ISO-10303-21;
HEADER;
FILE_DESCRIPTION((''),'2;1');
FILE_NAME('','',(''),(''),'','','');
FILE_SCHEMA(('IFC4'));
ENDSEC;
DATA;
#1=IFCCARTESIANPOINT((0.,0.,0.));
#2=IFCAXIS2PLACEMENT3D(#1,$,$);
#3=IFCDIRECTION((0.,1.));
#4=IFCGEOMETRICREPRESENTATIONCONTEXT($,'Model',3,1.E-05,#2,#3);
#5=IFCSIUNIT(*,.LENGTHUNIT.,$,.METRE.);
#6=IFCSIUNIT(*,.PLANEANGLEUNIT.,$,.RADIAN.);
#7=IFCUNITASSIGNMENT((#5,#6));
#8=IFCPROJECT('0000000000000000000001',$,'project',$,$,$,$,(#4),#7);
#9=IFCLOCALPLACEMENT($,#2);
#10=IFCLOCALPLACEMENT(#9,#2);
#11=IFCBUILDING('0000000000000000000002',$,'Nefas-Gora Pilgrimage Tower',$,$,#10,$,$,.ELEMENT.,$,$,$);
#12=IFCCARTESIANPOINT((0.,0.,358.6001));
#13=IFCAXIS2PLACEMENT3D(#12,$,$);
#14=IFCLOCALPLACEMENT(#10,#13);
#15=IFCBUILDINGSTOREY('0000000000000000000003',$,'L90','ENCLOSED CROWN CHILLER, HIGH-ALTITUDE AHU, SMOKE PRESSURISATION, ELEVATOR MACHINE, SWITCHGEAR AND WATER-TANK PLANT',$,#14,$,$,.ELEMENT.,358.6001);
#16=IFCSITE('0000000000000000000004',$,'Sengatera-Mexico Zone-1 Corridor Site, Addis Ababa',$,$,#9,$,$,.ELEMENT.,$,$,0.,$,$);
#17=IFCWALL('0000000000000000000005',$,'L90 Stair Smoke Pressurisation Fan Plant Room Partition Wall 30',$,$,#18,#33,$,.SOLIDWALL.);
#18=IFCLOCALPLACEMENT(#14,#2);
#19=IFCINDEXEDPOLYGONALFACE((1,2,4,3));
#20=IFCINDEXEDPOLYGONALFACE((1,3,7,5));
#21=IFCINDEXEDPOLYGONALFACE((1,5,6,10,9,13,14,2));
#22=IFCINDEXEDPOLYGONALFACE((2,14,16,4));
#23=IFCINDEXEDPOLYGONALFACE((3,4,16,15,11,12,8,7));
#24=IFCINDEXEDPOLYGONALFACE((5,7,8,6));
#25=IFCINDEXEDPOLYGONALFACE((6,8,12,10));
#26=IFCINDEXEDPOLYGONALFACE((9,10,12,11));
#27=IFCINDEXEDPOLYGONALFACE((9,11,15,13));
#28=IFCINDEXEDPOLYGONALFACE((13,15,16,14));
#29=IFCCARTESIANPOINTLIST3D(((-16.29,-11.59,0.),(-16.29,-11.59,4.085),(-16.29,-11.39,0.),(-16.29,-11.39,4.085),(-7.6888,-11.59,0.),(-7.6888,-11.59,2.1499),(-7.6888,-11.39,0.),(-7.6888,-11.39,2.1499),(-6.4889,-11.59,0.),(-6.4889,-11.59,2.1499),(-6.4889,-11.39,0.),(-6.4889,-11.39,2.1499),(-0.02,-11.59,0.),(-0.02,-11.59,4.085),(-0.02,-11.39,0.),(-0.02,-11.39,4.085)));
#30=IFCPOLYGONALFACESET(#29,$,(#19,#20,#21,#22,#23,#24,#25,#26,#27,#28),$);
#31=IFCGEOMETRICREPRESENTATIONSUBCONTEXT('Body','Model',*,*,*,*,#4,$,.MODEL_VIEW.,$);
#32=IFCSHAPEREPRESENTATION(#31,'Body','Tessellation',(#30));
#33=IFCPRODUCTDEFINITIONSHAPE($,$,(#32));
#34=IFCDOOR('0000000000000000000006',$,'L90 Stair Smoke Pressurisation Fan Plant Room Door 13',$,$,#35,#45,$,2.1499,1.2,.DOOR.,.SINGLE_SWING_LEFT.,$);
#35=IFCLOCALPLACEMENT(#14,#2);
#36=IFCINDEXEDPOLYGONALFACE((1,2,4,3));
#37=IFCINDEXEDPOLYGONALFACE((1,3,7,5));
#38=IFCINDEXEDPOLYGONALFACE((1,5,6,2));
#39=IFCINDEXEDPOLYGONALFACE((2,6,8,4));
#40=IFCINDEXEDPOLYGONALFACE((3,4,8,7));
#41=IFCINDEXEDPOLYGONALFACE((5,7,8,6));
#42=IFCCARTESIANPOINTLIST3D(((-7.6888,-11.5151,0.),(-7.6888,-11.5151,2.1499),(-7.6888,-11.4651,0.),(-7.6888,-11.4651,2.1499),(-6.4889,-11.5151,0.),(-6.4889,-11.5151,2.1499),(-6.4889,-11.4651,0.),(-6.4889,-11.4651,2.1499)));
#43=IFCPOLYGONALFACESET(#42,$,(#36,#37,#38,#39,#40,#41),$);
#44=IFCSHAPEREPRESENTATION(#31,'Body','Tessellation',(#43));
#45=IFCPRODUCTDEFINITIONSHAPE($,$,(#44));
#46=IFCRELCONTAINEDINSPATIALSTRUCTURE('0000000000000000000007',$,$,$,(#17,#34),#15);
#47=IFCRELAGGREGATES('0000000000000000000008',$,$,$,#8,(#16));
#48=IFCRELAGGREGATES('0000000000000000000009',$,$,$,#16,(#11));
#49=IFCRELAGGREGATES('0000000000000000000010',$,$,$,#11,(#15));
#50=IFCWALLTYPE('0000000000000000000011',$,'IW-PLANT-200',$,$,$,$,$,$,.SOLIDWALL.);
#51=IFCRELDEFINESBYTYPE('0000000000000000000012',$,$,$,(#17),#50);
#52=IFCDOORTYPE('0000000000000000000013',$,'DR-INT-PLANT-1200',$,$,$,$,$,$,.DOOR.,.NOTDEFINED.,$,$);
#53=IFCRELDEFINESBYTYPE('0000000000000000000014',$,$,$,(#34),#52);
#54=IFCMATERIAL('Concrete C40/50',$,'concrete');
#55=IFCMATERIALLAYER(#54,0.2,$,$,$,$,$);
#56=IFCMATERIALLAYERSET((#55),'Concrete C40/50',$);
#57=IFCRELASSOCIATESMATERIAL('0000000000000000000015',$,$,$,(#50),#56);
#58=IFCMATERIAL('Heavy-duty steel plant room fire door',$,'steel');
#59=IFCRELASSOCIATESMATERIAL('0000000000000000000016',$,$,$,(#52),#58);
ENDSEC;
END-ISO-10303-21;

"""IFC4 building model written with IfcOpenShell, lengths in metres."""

from ifc_helpers import new_model, si_unit, direction, frame, frame_2d, origin, place, context, subcontext, project, spatial, rectangle, extrude, source, transform, mapped, material, layer, layer_set, type_object, element, fill, save


model = new_model("IFC4")

# Units and contexts
model_context = context("Model", 3, precision=1e-05, world=origin(), true_north=direction((0.0, 1.0)))
body_context = subcontext(model_context, "Body", "Model", "MODEL_VIEW")
ifc_project = project(units=[si_unit("LENGTHUNIT", "METRE"), si_unit("PLANEANGLEUNIT", "RADIAN")], contexts=[model_context])

# Site, building, storey
site_placement = place(None, origin())
site = spatial("IfcSite", under=ifc_project, at=site_placement, Name="Sengatera-Mexico Zone-1 Corridor Site, Addis Ababa", CompositionType="ELEMENT", RefElevation=0.0)
building_placement = place(site_placement, origin())
building = spatial("IfcBuilding", under=site, at=building_placement, Name="Nefas-Gora Pilgrimage Tower", CompositionType="ELEMENT")
storey_placement = place(building_placement, frame((0.0, 0.0, 358.6001)))
storey = spatial("IfcBuildingStorey", under=building, at=storey_placement, Name="L90", Description="ENCLOSED CROWN CHILLER, HIGH-ALTITUDE AHU, SMOKE PRESSURISATION, ELEVATOR MACHINE, SWITCHGEAR AND WATER-TANK PLANT", CompositionType="ELEMENT", Elevation=358.6001)

# Shared definitions
shared_shape_1 = source(origin(), body_context, "Body", "SweptSolid", [
    extrude(rectangle(XDim=1.2, YDim=2.1499, at=frame_2d((0.6001, 1.075))), frame((0.0, 0.0249, 0.0), z_axis=(0.0, -1.0, 0.0), x_axis=(1.0, 0.0, 0.0)), (0.0, 0.0, 1.0), 0.05),
])

# Shared definitions
ifc_material_1 = material(Name="Concrete C40/50", Category="concrete")
ifc_layer_1 = layer(ifc_material_1, 0.2)
ifc_layer_set_1 = layer_set([ifc_layer_1], Name="Concrete C40/50")
wall_type_1 = type_object("IfcWallType", Name="IW-PLANT-200", PredefinedType="SOLIDWALL", material=ifc_layer_set_1)
ifc_material_2 = material(Name="Heavy-duty steel plant room fire door", Category="steel")
door_type_1 = type_object("IfcDoorType", Name="DR-INT-PLANT-1200", OperationType="NOTDEFINED", PredefinedType="DOOR", material=ifc_material_2)

# Wall, opening, door
shared_shape_2 = source(origin(), body_context, "Body", "SweptSolid", [
    extrude(rectangle(XDim=16.27, YDim=0.2, at=frame_2d((8.135, 0.0))), origin(), (0.0, 0.0, 1.0), 4.085),
])
wall_1_placement = place(storey_placement, frame((-16.29, -11.49, 0.0), z_axis=(0.0, 0.0, 1.0), x_axis=(1.0, 0.0, 0.0)))
wall_1 = element("IfcWall", 1, at=wall_1_placement, inside=storey, type_object=wall_type_1, Name="L90 Stair Smoke Pressurisation Fan Plant Room Partition Wall 30", PredefinedType="SOLIDWALL", context=body_context, shape_type="MappedRepresentation", body=[
    mapped(shared_shape_2, transform((0.0, 0.0, 0.0), x_axis=(1.0, 0.0, 0.0), y_axis=(0.0, 1.0, 0.0), z_axis=(0.0, 0.0, 1.0), scale=1.0)),
])
opening_1_placement = place(wall_1_placement, frame((8.6011, 0.0, 0.0)))
opening_1 = element("IfcOpeningElement", 2, at=opening_1_placement, cuts=wall_1, PredefinedType="OPENING", context=body_context, shape_type="SweptSolid", body=[
    extrude(rectangle(XDim=1.2, YDim=2.1499, at=frame_2d((0.6001, 1.075))), frame((0.0, 0.1099, 0.0), z_axis=(0.0, -1.0, 0.0), x_axis=(1.0, 0.0, 0.0)), (0.0, 0.0, 1.0), 0.22),
])
door_1_placement = place(opening_1_placement, origin())
door_1 = element("IfcDoor", 3, at=door_1_placement, inside=storey, type_object=door_type_1, Name="L90 Stair Smoke Pressurisation Fan Plant Room Door 13", OperationType="SINGLE_SWING_LEFT", OverallHeight=2.1499, OverallWidth=1.2, PredefinedType="DOOR", context=body_context, shape_type="MappedRepresentation", body=[
    mapped(shared_shape_1, transform((0.0, 0.0, 0.0), x_axis=(1.0, 0.0, 0.0), y_axis=(0.0, 1.0, 0.0), z_axis=(0.0, 0.0, 1.0), scale=1.0)),
])
fill(opening_1, door_1)

save(model, "model.ifc")
